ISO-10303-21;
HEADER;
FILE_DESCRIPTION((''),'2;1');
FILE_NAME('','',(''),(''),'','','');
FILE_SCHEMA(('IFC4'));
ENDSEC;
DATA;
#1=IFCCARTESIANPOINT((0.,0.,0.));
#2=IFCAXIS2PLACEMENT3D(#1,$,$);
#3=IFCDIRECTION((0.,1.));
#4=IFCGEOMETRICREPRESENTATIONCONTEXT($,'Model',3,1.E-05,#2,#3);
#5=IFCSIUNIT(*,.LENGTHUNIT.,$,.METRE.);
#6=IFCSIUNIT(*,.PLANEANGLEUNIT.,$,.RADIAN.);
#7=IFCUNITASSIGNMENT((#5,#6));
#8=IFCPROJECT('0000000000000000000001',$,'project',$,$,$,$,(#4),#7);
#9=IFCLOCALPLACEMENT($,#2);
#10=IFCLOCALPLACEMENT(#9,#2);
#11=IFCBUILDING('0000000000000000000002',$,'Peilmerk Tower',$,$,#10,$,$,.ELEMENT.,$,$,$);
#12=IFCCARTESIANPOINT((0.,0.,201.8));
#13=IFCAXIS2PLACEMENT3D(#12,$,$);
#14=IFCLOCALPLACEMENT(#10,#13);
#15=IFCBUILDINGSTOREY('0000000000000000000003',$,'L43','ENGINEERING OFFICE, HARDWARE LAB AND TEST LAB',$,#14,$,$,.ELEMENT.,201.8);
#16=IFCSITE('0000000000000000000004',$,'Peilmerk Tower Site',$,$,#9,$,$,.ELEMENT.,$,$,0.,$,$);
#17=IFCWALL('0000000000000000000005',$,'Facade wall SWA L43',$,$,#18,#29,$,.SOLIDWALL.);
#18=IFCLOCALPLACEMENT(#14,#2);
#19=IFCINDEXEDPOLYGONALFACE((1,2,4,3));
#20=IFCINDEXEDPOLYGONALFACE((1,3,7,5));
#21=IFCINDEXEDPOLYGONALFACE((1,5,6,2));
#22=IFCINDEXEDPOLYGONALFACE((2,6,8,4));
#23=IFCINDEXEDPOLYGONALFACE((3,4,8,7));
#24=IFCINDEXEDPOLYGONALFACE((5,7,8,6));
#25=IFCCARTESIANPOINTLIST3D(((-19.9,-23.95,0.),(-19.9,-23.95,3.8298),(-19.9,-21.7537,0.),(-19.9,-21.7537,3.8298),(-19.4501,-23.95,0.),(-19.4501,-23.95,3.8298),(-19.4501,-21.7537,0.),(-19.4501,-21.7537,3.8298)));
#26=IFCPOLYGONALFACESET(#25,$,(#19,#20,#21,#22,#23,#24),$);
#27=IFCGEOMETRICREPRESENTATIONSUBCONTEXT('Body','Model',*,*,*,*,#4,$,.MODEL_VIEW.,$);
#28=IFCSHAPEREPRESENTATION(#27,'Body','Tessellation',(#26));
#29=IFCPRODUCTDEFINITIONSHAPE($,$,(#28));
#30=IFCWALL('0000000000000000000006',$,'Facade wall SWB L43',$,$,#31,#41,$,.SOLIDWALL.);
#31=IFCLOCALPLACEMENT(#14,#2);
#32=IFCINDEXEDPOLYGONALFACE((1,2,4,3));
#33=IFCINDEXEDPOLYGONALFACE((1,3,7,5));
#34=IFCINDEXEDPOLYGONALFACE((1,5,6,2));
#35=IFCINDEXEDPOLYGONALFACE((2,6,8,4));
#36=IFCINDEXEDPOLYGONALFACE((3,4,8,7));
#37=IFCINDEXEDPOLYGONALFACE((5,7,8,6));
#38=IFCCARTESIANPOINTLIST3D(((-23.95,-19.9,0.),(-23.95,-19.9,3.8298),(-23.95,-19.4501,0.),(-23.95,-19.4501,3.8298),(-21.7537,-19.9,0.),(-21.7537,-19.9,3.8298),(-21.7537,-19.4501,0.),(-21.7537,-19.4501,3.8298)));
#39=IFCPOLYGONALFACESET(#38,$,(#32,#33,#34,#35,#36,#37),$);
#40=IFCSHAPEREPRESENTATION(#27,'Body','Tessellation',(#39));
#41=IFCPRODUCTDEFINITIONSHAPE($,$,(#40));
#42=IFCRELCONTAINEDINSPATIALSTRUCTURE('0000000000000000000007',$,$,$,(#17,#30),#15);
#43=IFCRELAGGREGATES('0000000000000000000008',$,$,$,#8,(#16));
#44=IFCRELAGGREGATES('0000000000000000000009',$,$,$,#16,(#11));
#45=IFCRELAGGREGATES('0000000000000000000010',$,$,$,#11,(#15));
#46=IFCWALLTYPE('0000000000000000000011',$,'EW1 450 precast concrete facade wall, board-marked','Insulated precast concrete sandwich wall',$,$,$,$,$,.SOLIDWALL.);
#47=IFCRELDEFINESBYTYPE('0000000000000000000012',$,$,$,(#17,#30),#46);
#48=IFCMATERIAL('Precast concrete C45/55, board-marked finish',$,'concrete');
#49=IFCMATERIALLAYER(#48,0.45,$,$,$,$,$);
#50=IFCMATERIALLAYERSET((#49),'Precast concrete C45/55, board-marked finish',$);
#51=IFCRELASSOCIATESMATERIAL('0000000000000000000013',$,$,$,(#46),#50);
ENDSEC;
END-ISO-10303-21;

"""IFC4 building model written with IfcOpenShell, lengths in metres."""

from ifc_helpers import new_model, si_unit, direction, frame, frame_2d, origin, place, context, subcontext, project, spatial, rectangle, extrude, material, layer, layer_set, type_object, element, save


model = new_model("IFC4")

# Units and contexts
model_context = context("Model", 3, precision=1e-05, world=origin(), true_north=direction((0.0, 1.0)))
body_context = subcontext(model_context, "Body", "Model", "MODEL_VIEW")
ifc_project = project(units=[si_unit("LENGTHUNIT", "METRE"), si_unit("PLANEANGLEUNIT", "RADIAN")], contexts=[model_context])

# Site, building, storey
site_placement = place(None, origin())
site = spatial("IfcSite", under=ifc_project, at=site_placement, Name="Peilmerk Tower Site", CompositionType="ELEMENT", RefElevation=0.0)
building_placement = place(site_placement, origin())
building = spatial("IfcBuilding", under=site, at=building_placement, Name="Peilmerk Tower", CompositionType="ELEMENT")
storey_placement = place(building_placement, frame((0.0, 0.0, 201.8)))
storey = spatial("IfcBuildingStorey", under=building, at=storey_placement, Name="L43", Description="ENGINEERING OFFICE, HARDWARE LAB AND TEST LAB", CompositionType="ELEMENT", Elevation=201.8)

# Shared definitions
ifc_material_1 = material(Name="Precast concrete C45/55, board-marked finish", Category="concrete")
ifc_layer_1 = layer(ifc_material_1, 0.45)
ifc_layer_set_1 = layer_set([ifc_layer_1], Name="Precast concrete C45/55, board-marked finish")
wall_type = type_object("IfcWallType", Name="EW1 450 precast concrete facade wall, board-marked", Description="Insulated precast concrete sandwich wall", PredefinedType="SOLIDWALL", material=ifc_layer_set_1)

# Walls
for number, where, z_axis, x_axis, name in (
    (1, (-19.675, -21.7537, 0.0), (0.0, 0.0, 1.0), (0.0, -1.0, 0.0), "Facade wall SWA L43"),
    (2, (-21.7537, -19.675, 0.0), (0.0, 0.0, 1.0), (-1.0, 0.0, 0.0), "Facade wall SWB L43"),
):
    element("IfcWall", number, at=place(storey_placement, frame(where, z_axis=z_axis, x_axis=x_axis)), inside=storey, type_object=wall_type, Name=name, PredefinedType="SOLIDWALL", context=body_context, shape_type="SweptSolid", body=[
        extrude(rectangle(XDim=2.1963, YDim=0.45, at=frame_2d((1.0981, 0.0))), origin(), (0.0, 0.0, 1.0), 3.8298),
    ])

save(model, "model.ifc")
